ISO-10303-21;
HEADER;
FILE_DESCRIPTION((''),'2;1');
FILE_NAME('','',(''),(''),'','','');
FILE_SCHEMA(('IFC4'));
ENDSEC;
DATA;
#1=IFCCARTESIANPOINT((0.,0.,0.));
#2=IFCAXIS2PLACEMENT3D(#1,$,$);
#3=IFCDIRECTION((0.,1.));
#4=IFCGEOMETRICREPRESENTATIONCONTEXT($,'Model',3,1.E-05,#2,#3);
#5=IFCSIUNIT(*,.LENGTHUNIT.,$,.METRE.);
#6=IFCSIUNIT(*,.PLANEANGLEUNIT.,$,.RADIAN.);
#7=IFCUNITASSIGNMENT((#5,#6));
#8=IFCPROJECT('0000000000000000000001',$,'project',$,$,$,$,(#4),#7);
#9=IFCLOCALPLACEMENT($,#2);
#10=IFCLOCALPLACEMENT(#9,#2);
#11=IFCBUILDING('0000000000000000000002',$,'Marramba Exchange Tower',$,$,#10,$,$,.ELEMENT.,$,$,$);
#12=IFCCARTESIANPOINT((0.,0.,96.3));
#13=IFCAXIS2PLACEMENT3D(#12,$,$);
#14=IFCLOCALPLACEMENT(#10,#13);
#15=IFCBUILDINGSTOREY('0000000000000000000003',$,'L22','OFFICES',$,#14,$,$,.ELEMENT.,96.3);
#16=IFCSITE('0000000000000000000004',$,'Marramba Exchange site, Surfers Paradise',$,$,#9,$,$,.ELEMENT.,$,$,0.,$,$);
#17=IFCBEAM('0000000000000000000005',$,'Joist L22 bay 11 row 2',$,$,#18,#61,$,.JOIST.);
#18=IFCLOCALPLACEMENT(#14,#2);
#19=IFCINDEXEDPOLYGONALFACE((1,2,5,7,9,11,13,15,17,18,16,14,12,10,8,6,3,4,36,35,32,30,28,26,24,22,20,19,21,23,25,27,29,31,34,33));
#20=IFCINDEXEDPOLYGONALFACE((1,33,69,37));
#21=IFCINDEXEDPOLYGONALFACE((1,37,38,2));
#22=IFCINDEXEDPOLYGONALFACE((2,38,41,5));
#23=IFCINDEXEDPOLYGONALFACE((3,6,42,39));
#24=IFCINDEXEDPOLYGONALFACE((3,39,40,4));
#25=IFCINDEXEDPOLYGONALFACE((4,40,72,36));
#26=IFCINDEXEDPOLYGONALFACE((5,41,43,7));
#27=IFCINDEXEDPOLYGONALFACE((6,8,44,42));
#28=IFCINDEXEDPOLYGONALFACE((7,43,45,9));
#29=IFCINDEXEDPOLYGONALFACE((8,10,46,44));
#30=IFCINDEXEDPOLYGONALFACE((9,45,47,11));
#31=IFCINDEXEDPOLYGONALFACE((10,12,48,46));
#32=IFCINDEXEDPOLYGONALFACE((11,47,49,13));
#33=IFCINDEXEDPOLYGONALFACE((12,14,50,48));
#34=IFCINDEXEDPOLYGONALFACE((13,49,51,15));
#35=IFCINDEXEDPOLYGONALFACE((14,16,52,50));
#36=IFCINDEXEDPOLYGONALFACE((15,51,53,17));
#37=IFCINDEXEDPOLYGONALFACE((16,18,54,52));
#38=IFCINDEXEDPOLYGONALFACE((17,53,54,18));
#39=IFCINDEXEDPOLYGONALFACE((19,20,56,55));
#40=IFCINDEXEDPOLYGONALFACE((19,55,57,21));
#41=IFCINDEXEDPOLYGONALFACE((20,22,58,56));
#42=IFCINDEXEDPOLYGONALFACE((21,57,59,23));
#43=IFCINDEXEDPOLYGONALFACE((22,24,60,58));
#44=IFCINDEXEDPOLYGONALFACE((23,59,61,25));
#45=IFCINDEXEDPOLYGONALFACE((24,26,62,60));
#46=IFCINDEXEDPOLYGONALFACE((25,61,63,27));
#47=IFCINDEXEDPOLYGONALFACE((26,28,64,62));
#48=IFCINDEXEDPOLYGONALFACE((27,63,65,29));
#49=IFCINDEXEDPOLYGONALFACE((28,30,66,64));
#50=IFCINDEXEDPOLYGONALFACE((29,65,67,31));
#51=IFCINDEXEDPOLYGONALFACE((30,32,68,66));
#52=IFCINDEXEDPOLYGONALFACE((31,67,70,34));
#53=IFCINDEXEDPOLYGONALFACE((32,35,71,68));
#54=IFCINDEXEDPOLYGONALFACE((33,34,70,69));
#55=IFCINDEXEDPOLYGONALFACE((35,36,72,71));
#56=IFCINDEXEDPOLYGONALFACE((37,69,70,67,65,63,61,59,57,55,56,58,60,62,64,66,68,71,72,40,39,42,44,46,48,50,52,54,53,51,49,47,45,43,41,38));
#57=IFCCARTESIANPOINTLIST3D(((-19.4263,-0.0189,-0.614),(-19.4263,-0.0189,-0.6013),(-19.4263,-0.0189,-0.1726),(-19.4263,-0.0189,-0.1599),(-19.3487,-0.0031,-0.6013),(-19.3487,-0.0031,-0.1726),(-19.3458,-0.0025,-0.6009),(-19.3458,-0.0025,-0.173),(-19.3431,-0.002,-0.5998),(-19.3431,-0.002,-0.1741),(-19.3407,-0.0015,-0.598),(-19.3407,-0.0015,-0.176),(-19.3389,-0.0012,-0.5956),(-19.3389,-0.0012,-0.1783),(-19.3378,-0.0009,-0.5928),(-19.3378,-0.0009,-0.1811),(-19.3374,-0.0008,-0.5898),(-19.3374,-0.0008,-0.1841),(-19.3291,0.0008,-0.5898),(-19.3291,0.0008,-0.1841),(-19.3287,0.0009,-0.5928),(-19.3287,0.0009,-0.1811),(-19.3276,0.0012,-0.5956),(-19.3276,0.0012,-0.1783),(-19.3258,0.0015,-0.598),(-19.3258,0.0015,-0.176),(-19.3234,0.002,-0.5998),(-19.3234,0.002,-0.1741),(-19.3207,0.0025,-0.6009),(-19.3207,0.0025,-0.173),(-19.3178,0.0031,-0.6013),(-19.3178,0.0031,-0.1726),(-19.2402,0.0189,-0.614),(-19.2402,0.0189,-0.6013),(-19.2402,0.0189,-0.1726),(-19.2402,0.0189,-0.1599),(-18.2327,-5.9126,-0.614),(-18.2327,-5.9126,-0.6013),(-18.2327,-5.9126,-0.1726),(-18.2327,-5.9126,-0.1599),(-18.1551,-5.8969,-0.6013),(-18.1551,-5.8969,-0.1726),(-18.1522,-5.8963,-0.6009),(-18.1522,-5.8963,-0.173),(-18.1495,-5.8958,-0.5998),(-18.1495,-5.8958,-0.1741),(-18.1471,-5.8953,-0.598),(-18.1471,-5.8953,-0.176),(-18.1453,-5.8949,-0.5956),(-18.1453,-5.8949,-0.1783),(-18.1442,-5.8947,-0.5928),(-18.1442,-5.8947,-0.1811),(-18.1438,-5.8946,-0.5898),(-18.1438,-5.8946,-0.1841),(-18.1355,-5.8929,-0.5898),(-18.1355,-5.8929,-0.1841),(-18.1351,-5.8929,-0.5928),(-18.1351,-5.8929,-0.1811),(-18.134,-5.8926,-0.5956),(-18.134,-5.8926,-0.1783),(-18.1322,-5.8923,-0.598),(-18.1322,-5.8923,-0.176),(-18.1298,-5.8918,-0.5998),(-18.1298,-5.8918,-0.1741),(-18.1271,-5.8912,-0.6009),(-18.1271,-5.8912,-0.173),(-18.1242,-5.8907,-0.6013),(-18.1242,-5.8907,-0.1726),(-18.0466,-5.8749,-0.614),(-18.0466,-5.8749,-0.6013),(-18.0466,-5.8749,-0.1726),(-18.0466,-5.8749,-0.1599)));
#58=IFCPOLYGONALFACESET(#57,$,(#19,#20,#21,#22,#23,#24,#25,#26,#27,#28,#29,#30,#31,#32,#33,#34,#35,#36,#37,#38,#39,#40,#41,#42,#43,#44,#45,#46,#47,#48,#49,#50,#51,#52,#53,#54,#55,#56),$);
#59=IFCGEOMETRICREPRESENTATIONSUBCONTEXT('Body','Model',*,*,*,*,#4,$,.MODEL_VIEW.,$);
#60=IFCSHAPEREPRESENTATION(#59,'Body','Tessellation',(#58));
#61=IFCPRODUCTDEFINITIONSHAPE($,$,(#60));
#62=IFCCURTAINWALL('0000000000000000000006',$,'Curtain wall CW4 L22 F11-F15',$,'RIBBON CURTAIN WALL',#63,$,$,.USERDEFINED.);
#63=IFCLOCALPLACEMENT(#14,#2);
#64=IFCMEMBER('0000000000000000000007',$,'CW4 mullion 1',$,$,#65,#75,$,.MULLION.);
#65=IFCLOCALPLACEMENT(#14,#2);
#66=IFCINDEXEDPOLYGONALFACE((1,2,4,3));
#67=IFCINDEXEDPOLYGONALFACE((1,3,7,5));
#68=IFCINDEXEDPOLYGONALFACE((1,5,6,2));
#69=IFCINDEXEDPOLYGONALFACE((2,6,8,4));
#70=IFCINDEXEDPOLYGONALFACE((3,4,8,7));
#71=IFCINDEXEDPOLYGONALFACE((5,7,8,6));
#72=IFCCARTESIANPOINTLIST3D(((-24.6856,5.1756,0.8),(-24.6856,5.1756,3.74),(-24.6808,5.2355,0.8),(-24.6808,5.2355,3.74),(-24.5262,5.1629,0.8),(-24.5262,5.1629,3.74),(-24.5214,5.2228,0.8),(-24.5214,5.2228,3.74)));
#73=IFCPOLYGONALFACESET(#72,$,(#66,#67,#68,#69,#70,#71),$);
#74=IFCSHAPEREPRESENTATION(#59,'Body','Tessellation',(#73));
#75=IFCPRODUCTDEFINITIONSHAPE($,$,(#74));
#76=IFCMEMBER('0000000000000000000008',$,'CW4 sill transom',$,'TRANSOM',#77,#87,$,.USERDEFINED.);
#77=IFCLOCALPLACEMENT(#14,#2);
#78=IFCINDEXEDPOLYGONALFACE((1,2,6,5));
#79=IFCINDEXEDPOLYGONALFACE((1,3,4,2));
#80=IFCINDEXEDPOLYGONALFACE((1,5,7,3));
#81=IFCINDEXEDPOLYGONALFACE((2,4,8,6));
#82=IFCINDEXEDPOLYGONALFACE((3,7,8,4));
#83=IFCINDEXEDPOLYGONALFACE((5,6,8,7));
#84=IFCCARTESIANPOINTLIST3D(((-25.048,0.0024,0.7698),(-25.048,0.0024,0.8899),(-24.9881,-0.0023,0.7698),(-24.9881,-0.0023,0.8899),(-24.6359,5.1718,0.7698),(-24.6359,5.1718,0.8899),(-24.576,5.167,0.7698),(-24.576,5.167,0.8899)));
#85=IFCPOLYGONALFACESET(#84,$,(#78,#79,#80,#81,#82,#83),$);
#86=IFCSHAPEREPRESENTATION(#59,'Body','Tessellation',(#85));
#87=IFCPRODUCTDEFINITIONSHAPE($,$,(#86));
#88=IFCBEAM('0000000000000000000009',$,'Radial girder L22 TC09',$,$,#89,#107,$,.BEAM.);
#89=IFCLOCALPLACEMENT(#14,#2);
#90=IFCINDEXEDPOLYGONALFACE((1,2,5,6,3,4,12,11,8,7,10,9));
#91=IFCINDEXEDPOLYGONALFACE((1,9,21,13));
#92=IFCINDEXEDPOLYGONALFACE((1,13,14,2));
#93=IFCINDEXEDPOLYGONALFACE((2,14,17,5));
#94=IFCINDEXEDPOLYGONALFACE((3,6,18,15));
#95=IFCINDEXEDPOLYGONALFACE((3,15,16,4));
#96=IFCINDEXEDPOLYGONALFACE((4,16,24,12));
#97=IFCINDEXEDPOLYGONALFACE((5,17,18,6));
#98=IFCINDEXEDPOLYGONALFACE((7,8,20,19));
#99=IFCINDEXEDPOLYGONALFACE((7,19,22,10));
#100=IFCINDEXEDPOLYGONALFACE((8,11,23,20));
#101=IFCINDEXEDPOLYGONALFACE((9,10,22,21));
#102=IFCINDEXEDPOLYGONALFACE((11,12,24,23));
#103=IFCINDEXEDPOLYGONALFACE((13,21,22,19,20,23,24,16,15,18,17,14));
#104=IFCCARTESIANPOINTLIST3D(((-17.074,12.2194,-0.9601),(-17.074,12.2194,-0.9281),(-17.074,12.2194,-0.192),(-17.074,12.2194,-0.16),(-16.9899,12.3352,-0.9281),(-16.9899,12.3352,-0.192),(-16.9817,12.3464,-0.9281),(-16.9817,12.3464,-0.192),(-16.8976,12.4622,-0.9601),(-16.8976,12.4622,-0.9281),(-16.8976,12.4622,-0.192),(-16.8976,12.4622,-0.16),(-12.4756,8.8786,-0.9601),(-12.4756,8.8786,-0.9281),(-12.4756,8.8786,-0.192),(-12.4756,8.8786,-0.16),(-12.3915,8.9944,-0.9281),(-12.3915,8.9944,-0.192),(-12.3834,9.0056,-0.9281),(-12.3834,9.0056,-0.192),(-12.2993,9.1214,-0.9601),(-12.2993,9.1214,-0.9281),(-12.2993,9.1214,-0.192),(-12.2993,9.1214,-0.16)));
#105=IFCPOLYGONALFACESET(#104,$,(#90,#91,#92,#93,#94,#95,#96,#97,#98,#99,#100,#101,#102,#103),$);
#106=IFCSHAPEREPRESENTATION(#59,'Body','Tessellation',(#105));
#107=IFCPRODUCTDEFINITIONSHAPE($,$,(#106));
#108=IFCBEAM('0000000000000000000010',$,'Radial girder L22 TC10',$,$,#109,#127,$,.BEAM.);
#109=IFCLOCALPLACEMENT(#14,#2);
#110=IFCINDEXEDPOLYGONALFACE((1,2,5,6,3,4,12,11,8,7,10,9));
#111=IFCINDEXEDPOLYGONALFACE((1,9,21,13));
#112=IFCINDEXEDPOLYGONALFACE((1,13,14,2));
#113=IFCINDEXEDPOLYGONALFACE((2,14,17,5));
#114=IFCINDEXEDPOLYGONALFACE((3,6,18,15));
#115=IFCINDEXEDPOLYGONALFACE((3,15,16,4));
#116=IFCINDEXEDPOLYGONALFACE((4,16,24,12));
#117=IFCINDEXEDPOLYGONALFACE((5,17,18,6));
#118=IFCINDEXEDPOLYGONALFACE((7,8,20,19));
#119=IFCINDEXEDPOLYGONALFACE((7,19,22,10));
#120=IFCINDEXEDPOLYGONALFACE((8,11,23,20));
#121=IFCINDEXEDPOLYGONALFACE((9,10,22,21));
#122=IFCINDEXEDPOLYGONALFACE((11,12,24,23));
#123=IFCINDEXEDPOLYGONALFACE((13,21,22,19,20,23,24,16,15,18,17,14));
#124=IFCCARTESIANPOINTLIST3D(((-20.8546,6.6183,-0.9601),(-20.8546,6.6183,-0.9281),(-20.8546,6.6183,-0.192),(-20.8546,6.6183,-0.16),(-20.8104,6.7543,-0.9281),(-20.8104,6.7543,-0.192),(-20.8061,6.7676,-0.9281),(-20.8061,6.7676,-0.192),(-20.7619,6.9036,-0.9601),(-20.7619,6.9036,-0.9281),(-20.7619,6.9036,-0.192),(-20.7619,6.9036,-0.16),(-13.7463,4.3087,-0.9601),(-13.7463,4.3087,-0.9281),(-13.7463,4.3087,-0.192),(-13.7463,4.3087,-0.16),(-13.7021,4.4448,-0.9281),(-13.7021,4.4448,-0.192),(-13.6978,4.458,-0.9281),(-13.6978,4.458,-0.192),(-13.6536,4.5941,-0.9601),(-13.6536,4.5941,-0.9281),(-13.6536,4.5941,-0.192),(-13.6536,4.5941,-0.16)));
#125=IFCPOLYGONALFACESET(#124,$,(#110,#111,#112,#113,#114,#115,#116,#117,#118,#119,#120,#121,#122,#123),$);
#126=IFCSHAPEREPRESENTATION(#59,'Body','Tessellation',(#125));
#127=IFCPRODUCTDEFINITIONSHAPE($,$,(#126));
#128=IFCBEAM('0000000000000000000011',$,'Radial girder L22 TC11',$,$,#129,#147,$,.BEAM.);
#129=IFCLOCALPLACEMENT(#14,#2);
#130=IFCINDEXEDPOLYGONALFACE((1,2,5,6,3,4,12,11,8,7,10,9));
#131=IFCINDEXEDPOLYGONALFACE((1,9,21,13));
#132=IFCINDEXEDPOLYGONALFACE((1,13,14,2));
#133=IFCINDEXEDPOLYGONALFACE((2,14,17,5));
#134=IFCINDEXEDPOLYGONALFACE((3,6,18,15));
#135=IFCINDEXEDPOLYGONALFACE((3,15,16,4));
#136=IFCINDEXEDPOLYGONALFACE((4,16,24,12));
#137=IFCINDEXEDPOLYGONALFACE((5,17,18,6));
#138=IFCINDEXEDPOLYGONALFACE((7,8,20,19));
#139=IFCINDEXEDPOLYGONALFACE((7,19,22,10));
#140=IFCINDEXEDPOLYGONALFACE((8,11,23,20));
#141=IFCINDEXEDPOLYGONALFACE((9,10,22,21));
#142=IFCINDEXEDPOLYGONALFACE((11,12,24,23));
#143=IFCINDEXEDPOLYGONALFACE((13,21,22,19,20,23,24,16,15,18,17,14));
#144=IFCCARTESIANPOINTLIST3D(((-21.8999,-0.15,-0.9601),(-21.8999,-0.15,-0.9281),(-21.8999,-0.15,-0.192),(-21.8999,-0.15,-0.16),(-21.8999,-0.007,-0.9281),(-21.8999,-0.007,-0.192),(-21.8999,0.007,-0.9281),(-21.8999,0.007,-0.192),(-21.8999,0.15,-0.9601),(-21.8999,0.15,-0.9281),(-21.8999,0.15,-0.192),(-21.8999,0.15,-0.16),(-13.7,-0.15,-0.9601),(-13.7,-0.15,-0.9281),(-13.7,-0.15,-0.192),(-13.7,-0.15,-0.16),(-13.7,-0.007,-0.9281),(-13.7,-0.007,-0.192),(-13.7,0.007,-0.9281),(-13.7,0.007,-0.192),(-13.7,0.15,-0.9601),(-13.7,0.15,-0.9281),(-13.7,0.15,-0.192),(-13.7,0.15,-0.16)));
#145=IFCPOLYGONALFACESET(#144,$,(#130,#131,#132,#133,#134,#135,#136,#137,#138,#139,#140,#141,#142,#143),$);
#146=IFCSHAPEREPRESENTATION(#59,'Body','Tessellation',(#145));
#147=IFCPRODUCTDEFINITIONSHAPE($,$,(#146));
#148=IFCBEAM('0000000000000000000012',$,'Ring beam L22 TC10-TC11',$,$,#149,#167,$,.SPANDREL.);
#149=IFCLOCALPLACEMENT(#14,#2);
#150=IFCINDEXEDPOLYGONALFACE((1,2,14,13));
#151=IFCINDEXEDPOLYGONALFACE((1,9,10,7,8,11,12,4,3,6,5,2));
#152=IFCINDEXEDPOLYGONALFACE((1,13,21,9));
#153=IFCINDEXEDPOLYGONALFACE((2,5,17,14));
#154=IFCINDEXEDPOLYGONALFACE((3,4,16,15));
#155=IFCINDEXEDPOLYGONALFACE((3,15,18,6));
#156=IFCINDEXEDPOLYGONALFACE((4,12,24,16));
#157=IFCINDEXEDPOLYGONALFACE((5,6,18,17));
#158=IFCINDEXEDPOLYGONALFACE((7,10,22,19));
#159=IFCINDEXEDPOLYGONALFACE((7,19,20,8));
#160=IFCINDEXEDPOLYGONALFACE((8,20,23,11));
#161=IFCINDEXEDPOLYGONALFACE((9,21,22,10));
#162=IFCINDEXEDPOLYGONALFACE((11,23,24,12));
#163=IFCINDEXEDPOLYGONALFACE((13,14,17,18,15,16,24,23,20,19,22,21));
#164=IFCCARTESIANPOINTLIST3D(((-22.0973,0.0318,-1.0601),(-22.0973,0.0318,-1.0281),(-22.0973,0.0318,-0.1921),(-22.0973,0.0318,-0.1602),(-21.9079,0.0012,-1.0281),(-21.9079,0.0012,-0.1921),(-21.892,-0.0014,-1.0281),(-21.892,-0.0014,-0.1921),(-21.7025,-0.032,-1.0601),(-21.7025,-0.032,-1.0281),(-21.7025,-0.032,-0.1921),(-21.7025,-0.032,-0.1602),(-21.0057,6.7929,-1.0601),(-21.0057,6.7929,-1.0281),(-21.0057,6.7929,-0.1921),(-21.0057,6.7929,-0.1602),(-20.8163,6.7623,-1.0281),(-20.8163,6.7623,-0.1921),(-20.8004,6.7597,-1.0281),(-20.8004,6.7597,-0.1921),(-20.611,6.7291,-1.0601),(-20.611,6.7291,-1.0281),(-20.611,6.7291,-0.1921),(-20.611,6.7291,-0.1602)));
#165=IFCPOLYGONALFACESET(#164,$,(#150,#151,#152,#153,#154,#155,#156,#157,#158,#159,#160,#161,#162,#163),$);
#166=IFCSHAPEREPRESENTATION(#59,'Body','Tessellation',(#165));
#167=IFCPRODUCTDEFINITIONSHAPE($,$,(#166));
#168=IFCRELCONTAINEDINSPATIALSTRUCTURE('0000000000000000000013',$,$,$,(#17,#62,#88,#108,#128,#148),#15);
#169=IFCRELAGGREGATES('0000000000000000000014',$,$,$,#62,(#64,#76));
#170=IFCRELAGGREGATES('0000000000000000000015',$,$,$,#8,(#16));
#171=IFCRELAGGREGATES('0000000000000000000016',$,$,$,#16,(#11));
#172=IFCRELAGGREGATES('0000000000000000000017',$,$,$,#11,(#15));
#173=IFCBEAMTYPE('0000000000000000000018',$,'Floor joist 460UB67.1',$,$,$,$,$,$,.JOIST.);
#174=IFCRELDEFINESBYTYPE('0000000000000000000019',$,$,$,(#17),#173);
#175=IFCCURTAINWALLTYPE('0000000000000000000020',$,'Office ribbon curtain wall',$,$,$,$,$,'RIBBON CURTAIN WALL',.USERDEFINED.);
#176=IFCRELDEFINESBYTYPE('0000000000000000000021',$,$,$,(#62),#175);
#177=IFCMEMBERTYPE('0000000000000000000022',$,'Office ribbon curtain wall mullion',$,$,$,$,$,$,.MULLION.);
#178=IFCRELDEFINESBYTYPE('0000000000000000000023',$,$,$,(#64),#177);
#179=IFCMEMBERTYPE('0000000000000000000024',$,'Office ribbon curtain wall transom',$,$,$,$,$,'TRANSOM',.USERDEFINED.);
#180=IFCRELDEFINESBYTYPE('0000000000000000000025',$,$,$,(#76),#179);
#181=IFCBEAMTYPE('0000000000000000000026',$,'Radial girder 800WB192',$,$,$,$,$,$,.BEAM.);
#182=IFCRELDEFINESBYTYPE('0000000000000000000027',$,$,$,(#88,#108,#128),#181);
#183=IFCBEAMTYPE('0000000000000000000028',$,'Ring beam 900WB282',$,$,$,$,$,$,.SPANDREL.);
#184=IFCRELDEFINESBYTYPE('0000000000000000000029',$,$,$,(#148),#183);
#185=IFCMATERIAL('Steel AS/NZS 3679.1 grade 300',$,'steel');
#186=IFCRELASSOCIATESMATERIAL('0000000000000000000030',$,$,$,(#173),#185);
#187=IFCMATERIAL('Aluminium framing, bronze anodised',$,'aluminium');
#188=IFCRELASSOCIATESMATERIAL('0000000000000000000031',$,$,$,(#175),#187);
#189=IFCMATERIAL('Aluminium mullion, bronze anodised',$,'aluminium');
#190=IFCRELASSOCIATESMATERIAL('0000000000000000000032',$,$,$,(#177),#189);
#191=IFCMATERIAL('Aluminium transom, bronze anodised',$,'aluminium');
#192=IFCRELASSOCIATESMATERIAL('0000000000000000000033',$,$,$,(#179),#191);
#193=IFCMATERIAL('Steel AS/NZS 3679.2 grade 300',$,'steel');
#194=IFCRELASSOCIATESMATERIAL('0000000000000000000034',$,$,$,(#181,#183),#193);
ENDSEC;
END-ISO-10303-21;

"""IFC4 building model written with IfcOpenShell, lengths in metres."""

from ifc_helpers import new_model, si_unit, direction, frame, origin, origin_2d, place, context, subcontext, project, spatial, rectangle, i_section, extrude, material, material_profile, profile_set, type_object, element, aggregate, save


model = new_model("IFC4")

# Units and contexts
model_context = context("Model", 3, precision=1e-05, world=origin(), true_north=direction((0.0, 1.0)))
body_context = subcontext(model_context, "Body", "Model", "MODEL_VIEW")
ifc_project = project(units=[si_unit("LENGTHUNIT", "METRE"), si_unit("PLANEANGLEUNIT", "RADIAN")], contexts=[model_context])

# Site, building, storey
site_placement = place(None, origin())
site = spatial("IfcSite", under=ifc_project, at=site_placement, Name="Marramba Exchange site, Surfers Paradise", CompositionType="ELEMENT", RefElevation=0.0)
building_placement = place(site_placement, origin())
building = spatial("IfcBuilding", under=site, at=building_placement, Name="Marramba Exchange Tower", CompositionType="ELEMENT")
storey_placement = place(building_placement, frame((0.0, 0.0, 96.3)))
storey = spatial("IfcBuildingStorey", under=building, at=storey_placement, Name="L22", Description="OFFICES", CompositionType="ELEMENT", Elevation=96.3)

# Beam
ifc_material_1 = material(Name="Steel AS/NZS 3679.2 grade 300", Category="steel")
ifc_material_2 = material(Name="Steel AS/NZS 3679.1 grade 300", Category="steel")
ifc_material_profile_1 = material_profile(ifc_material_2, i_section(OverallWidth=0.1899, OverallDepth=0.4541, WebThickness=0.0085, FlangeThickness=0.0127, FilletRadius=0.0115, at=origin_2d()), Name="460UB67.1")
ifc_profile_set_1 = profile_set([ifc_material_profile_1], Name="Steel AS/NZS 3679.1 grade 300")
beam_type_1 = type_object("IfcBeamType", Name="Floor joist 460UB67.1", PredefinedType="JOIST", material=ifc_profile_set_1)
beam_1_placement = place(storey_placement, frame((-19.3333, 0.0, -0.387), z_axis=(0.198489, -0.980103, 0.0), x_axis=(0.980103, 0.198489, 0.0)))
element("IfcBeam", 1, at=beam_1_placement, inside=storey, type_object=beam_type_1, Name="Joist L22 bay 11 row 2", PredefinedType="JOIST", context=body_context, shape_type="SweptSolid", body=[
    extrude(i_section(OverallWidth=0.1899, OverallDepth=0.4541, WebThickness=0.0085, FlangeThickness=0.0127, FilletRadius=0.0115, at=origin_2d()), origin(), (0.0, 0.0, 1.0), 6.0134),
])

# Curtain wall, members
ifc_material_3 = material(Name="Aluminium framing, bronze anodised", Category="aluminium")
curtain_wall_type = type_object("IfcCurtainWallType", Name="Office ribbon curtain wall", ElementType="RIBBON CURTAIN WALL", PredefinedType="USERDEFINED", material=ifc_material_3)
curtain_wall_placement = place(storey_placement, origin())
curtain_wall = element("IfcCurtainWall", 2, at=curtain_wall_placement, inside=storey, type_object=curtain_wall_type, Name="Curtain wall CW4 L22 F11-F15", ObjectType="RIBBON CURTAIN WALL", PredefinedType="USERDEFINED")
ifc_material_4 = material(Name="Aluminium mullion, bronze anodised", Category="aluminium")
ifc_material_profile_2 = material_profile(ifc_material_4, rectangle(XDim=0.1599, YDim=0.0601, at=origin_2d()), Name="CW4 mullion 60x160")
ifc_profile_set_2 = profile_set([ifc_material_profile_2], Name="Aluminium mullion, bronze anodised")
member_type_1 = type_object("IfcMemberType", Name="Office ribbon curtain wall mullion", PredefinedType="MULLION", material=ifc_profile_set_2)
member_1_placement = place(storey_placement, frame((-24.6035, 5.1992, 0.8), z_axis=(0.0, 0.0, 1.0), x_axis=(0.996838, -0.07946, 0.0)))
member_1 = element("IfcMember", 3, at=member_1_placement, type_object=member_type_1, Name="CW4 mullion 1", PredefinedType="MULLION", context=body_context, shape_type="SweptSolid", body=[
    extrude(rectangle(XDim=0.1599, YDim=0.0601, at=origin_2d()), origin(), (0.0, 0.0, 1.0), 2.9399),
])
ifc_material_5 = material(Name="Aluminium transom, bronze anodised", Category="aluminium")
ifc_material_profile_3 = material_profile(ifc_material_5, rectangle(XDim=0.0601, YDim=0.1201, at=origin_2d()), Name="CW4 transom 60x120")
ifc_profile_set_3 = profile_set([ifc_material_profile_3], Name="Aluminium transom, bronze anodised")
member_type_2 = type_object("IfcMemberType", Name="Office ribbon curtain wall transom", ElementType="TRANSOM", PredefinedType="USERDEFINED", material=ifc_profile_set_3)
member_2_placement = place(storey_placement, frame((-24.606, 5.1694, 0.8298), z_axis=(-0.079468, -0.996837, 0.0), x_axis=(0.996837, -0.079468, 0.0)))
member_2 = element("IfcMember", 4, at=member_2_placement, type_object=member_type_2, Name="CW4 sill transom", ObjectType="TRANSOM", PredefinedType="USERDEFINED", context=body_context, shape_type="SweptSolid", body=[
    extrude(rectangle(XDim=0.0601, YDim=0.1201, at=origin_2d()), origin(), (0.0, 0.0, 1.0), 5.1858),
])

# Beams
ifc_material_profile_4 = material_profile(ifc_material_1, i_section(OverallWidth=0.3, OverallDepth=0.8, WebThickness=0.0139, FlangeThickness=0.032, at=origin_2d()), Name="800WB192")
ifc_profile_set_4 = profile_set([ifc_material_profile_4], Name="Steel AS/NZS 3679.2 grade 300")
beam_type_2 = type_object("IfcBeamType", Name="Radial girder 800WB192", PredefinedType="BEAM", material=ifc_profile_set_4)
beam_2_placement = place(storey_placement, frame((-12.3875, 9.0, -0.5601), z_axis=(-0.809026, 0.587773, 0.0), x_axis=(-0.587773, -0.809026, 0.0)))
element("IfcBeam", 5, at=beam_2_placement, inside=storey, type_object=beam_type_2, Name="Radial girder L22 TC09", PredefinedType="BEAM", context=body_context, shape_type="SweptSolid", body=[
    extrude(i_section(OverallWidth=0.3, OverallDepth=0.8, WebThickness=0.0139, FlangeThickness=0.032, at=origin_2d()), origin(), (0.0, 0.0, 1.0), 5.6838),
])
beam_3_placement = place(storey_placement, frame((-13.7, 4.4514, -0.5601), z_axis=(-0.95106, 0.309006, 0.0), x_axis=(-0.309006, -0.95106, 0.0)))
element("IfcBeam", 6, at=beam_3_placement, inside=storey, type_object=beam_type_2, Name="Radial girder L22 TC10", PredefinedType="BEAM", context=body_context, shape_type="SweptSolid", body=[
    extrude(i_section(OverallWidth=0.3, OverallDepth=0.8, WebThickness=0.0139, FlangeThickness=0.032, at=origin_2d()), origin(), (0.0, 0.0, 1.0), 7.4741),
])
beam_4_placement = place(storey_placement, frame((-13.7, 0.0, -0.5601), z_axis=(-1.0, 0.0, 0.0), x_axis=(0.0, -1.0, 0.0)))
element("IfcBeam", 7, at=beam_4_placement, inside=storey, type_object=beam_type_2, Name="Radial girder L22 TC11", PredefinedType="BEAM", context=body_context, shape_type="SweptSolid", body=[
    extrude(i_section(OverallWidth=0.3, OverallDepth=0.8, WebThickness=0.0139, FlangeThickness=0.032, at=origin_2d()), origin(), (0.0, 0.0, 1.0), 8.2),
])
ifc_material_profile_5 = material_profile(ifc_material_1, i_section(OverallWidth=0.3999, OverallDepth=0.8999, WebThickness=0.0161, FlangeThickness=0.032, at=origin_2d()), Name="900WB282")
ifc_profile_set_5 = profile_set([ifc_material_profile_5], Name="Steel AS/NZS 3679.2 grade 300")
beam_type_3 = type_object("IfcBeamType", Name="Ring beam 900WB282", PredefinedType="SPANDREL", material=ifc_profile_set_5)
beam_5_placement = place(storey_placement, frame((-20.8083, 6.761, -0.6101), z_axis=(-0.159385, -0.987217, 0.0), x_axis=(0.987217, -0.159385, 0.0)))
element("IfcBeam", 8, at=beam_5_placement, inside=storey, type_object=beam_type_3, Name="Ring beam L22 TC10-TC11", PredefinedType="SPANDREL", context=body_context, shape_type="SweptSolid", body=[
    extrude(i_section(OverallWidth=0.3999, OverallDepth=0.8999, WebThickness=0.0161, FlangeThickness=0.032, at=origin_2d()), origin(), (0.0, 0.0, 1.0), 6.8486),
])

aggregate(curtain_wall, [member_1, member_2])

save(model, "model.ifc")
